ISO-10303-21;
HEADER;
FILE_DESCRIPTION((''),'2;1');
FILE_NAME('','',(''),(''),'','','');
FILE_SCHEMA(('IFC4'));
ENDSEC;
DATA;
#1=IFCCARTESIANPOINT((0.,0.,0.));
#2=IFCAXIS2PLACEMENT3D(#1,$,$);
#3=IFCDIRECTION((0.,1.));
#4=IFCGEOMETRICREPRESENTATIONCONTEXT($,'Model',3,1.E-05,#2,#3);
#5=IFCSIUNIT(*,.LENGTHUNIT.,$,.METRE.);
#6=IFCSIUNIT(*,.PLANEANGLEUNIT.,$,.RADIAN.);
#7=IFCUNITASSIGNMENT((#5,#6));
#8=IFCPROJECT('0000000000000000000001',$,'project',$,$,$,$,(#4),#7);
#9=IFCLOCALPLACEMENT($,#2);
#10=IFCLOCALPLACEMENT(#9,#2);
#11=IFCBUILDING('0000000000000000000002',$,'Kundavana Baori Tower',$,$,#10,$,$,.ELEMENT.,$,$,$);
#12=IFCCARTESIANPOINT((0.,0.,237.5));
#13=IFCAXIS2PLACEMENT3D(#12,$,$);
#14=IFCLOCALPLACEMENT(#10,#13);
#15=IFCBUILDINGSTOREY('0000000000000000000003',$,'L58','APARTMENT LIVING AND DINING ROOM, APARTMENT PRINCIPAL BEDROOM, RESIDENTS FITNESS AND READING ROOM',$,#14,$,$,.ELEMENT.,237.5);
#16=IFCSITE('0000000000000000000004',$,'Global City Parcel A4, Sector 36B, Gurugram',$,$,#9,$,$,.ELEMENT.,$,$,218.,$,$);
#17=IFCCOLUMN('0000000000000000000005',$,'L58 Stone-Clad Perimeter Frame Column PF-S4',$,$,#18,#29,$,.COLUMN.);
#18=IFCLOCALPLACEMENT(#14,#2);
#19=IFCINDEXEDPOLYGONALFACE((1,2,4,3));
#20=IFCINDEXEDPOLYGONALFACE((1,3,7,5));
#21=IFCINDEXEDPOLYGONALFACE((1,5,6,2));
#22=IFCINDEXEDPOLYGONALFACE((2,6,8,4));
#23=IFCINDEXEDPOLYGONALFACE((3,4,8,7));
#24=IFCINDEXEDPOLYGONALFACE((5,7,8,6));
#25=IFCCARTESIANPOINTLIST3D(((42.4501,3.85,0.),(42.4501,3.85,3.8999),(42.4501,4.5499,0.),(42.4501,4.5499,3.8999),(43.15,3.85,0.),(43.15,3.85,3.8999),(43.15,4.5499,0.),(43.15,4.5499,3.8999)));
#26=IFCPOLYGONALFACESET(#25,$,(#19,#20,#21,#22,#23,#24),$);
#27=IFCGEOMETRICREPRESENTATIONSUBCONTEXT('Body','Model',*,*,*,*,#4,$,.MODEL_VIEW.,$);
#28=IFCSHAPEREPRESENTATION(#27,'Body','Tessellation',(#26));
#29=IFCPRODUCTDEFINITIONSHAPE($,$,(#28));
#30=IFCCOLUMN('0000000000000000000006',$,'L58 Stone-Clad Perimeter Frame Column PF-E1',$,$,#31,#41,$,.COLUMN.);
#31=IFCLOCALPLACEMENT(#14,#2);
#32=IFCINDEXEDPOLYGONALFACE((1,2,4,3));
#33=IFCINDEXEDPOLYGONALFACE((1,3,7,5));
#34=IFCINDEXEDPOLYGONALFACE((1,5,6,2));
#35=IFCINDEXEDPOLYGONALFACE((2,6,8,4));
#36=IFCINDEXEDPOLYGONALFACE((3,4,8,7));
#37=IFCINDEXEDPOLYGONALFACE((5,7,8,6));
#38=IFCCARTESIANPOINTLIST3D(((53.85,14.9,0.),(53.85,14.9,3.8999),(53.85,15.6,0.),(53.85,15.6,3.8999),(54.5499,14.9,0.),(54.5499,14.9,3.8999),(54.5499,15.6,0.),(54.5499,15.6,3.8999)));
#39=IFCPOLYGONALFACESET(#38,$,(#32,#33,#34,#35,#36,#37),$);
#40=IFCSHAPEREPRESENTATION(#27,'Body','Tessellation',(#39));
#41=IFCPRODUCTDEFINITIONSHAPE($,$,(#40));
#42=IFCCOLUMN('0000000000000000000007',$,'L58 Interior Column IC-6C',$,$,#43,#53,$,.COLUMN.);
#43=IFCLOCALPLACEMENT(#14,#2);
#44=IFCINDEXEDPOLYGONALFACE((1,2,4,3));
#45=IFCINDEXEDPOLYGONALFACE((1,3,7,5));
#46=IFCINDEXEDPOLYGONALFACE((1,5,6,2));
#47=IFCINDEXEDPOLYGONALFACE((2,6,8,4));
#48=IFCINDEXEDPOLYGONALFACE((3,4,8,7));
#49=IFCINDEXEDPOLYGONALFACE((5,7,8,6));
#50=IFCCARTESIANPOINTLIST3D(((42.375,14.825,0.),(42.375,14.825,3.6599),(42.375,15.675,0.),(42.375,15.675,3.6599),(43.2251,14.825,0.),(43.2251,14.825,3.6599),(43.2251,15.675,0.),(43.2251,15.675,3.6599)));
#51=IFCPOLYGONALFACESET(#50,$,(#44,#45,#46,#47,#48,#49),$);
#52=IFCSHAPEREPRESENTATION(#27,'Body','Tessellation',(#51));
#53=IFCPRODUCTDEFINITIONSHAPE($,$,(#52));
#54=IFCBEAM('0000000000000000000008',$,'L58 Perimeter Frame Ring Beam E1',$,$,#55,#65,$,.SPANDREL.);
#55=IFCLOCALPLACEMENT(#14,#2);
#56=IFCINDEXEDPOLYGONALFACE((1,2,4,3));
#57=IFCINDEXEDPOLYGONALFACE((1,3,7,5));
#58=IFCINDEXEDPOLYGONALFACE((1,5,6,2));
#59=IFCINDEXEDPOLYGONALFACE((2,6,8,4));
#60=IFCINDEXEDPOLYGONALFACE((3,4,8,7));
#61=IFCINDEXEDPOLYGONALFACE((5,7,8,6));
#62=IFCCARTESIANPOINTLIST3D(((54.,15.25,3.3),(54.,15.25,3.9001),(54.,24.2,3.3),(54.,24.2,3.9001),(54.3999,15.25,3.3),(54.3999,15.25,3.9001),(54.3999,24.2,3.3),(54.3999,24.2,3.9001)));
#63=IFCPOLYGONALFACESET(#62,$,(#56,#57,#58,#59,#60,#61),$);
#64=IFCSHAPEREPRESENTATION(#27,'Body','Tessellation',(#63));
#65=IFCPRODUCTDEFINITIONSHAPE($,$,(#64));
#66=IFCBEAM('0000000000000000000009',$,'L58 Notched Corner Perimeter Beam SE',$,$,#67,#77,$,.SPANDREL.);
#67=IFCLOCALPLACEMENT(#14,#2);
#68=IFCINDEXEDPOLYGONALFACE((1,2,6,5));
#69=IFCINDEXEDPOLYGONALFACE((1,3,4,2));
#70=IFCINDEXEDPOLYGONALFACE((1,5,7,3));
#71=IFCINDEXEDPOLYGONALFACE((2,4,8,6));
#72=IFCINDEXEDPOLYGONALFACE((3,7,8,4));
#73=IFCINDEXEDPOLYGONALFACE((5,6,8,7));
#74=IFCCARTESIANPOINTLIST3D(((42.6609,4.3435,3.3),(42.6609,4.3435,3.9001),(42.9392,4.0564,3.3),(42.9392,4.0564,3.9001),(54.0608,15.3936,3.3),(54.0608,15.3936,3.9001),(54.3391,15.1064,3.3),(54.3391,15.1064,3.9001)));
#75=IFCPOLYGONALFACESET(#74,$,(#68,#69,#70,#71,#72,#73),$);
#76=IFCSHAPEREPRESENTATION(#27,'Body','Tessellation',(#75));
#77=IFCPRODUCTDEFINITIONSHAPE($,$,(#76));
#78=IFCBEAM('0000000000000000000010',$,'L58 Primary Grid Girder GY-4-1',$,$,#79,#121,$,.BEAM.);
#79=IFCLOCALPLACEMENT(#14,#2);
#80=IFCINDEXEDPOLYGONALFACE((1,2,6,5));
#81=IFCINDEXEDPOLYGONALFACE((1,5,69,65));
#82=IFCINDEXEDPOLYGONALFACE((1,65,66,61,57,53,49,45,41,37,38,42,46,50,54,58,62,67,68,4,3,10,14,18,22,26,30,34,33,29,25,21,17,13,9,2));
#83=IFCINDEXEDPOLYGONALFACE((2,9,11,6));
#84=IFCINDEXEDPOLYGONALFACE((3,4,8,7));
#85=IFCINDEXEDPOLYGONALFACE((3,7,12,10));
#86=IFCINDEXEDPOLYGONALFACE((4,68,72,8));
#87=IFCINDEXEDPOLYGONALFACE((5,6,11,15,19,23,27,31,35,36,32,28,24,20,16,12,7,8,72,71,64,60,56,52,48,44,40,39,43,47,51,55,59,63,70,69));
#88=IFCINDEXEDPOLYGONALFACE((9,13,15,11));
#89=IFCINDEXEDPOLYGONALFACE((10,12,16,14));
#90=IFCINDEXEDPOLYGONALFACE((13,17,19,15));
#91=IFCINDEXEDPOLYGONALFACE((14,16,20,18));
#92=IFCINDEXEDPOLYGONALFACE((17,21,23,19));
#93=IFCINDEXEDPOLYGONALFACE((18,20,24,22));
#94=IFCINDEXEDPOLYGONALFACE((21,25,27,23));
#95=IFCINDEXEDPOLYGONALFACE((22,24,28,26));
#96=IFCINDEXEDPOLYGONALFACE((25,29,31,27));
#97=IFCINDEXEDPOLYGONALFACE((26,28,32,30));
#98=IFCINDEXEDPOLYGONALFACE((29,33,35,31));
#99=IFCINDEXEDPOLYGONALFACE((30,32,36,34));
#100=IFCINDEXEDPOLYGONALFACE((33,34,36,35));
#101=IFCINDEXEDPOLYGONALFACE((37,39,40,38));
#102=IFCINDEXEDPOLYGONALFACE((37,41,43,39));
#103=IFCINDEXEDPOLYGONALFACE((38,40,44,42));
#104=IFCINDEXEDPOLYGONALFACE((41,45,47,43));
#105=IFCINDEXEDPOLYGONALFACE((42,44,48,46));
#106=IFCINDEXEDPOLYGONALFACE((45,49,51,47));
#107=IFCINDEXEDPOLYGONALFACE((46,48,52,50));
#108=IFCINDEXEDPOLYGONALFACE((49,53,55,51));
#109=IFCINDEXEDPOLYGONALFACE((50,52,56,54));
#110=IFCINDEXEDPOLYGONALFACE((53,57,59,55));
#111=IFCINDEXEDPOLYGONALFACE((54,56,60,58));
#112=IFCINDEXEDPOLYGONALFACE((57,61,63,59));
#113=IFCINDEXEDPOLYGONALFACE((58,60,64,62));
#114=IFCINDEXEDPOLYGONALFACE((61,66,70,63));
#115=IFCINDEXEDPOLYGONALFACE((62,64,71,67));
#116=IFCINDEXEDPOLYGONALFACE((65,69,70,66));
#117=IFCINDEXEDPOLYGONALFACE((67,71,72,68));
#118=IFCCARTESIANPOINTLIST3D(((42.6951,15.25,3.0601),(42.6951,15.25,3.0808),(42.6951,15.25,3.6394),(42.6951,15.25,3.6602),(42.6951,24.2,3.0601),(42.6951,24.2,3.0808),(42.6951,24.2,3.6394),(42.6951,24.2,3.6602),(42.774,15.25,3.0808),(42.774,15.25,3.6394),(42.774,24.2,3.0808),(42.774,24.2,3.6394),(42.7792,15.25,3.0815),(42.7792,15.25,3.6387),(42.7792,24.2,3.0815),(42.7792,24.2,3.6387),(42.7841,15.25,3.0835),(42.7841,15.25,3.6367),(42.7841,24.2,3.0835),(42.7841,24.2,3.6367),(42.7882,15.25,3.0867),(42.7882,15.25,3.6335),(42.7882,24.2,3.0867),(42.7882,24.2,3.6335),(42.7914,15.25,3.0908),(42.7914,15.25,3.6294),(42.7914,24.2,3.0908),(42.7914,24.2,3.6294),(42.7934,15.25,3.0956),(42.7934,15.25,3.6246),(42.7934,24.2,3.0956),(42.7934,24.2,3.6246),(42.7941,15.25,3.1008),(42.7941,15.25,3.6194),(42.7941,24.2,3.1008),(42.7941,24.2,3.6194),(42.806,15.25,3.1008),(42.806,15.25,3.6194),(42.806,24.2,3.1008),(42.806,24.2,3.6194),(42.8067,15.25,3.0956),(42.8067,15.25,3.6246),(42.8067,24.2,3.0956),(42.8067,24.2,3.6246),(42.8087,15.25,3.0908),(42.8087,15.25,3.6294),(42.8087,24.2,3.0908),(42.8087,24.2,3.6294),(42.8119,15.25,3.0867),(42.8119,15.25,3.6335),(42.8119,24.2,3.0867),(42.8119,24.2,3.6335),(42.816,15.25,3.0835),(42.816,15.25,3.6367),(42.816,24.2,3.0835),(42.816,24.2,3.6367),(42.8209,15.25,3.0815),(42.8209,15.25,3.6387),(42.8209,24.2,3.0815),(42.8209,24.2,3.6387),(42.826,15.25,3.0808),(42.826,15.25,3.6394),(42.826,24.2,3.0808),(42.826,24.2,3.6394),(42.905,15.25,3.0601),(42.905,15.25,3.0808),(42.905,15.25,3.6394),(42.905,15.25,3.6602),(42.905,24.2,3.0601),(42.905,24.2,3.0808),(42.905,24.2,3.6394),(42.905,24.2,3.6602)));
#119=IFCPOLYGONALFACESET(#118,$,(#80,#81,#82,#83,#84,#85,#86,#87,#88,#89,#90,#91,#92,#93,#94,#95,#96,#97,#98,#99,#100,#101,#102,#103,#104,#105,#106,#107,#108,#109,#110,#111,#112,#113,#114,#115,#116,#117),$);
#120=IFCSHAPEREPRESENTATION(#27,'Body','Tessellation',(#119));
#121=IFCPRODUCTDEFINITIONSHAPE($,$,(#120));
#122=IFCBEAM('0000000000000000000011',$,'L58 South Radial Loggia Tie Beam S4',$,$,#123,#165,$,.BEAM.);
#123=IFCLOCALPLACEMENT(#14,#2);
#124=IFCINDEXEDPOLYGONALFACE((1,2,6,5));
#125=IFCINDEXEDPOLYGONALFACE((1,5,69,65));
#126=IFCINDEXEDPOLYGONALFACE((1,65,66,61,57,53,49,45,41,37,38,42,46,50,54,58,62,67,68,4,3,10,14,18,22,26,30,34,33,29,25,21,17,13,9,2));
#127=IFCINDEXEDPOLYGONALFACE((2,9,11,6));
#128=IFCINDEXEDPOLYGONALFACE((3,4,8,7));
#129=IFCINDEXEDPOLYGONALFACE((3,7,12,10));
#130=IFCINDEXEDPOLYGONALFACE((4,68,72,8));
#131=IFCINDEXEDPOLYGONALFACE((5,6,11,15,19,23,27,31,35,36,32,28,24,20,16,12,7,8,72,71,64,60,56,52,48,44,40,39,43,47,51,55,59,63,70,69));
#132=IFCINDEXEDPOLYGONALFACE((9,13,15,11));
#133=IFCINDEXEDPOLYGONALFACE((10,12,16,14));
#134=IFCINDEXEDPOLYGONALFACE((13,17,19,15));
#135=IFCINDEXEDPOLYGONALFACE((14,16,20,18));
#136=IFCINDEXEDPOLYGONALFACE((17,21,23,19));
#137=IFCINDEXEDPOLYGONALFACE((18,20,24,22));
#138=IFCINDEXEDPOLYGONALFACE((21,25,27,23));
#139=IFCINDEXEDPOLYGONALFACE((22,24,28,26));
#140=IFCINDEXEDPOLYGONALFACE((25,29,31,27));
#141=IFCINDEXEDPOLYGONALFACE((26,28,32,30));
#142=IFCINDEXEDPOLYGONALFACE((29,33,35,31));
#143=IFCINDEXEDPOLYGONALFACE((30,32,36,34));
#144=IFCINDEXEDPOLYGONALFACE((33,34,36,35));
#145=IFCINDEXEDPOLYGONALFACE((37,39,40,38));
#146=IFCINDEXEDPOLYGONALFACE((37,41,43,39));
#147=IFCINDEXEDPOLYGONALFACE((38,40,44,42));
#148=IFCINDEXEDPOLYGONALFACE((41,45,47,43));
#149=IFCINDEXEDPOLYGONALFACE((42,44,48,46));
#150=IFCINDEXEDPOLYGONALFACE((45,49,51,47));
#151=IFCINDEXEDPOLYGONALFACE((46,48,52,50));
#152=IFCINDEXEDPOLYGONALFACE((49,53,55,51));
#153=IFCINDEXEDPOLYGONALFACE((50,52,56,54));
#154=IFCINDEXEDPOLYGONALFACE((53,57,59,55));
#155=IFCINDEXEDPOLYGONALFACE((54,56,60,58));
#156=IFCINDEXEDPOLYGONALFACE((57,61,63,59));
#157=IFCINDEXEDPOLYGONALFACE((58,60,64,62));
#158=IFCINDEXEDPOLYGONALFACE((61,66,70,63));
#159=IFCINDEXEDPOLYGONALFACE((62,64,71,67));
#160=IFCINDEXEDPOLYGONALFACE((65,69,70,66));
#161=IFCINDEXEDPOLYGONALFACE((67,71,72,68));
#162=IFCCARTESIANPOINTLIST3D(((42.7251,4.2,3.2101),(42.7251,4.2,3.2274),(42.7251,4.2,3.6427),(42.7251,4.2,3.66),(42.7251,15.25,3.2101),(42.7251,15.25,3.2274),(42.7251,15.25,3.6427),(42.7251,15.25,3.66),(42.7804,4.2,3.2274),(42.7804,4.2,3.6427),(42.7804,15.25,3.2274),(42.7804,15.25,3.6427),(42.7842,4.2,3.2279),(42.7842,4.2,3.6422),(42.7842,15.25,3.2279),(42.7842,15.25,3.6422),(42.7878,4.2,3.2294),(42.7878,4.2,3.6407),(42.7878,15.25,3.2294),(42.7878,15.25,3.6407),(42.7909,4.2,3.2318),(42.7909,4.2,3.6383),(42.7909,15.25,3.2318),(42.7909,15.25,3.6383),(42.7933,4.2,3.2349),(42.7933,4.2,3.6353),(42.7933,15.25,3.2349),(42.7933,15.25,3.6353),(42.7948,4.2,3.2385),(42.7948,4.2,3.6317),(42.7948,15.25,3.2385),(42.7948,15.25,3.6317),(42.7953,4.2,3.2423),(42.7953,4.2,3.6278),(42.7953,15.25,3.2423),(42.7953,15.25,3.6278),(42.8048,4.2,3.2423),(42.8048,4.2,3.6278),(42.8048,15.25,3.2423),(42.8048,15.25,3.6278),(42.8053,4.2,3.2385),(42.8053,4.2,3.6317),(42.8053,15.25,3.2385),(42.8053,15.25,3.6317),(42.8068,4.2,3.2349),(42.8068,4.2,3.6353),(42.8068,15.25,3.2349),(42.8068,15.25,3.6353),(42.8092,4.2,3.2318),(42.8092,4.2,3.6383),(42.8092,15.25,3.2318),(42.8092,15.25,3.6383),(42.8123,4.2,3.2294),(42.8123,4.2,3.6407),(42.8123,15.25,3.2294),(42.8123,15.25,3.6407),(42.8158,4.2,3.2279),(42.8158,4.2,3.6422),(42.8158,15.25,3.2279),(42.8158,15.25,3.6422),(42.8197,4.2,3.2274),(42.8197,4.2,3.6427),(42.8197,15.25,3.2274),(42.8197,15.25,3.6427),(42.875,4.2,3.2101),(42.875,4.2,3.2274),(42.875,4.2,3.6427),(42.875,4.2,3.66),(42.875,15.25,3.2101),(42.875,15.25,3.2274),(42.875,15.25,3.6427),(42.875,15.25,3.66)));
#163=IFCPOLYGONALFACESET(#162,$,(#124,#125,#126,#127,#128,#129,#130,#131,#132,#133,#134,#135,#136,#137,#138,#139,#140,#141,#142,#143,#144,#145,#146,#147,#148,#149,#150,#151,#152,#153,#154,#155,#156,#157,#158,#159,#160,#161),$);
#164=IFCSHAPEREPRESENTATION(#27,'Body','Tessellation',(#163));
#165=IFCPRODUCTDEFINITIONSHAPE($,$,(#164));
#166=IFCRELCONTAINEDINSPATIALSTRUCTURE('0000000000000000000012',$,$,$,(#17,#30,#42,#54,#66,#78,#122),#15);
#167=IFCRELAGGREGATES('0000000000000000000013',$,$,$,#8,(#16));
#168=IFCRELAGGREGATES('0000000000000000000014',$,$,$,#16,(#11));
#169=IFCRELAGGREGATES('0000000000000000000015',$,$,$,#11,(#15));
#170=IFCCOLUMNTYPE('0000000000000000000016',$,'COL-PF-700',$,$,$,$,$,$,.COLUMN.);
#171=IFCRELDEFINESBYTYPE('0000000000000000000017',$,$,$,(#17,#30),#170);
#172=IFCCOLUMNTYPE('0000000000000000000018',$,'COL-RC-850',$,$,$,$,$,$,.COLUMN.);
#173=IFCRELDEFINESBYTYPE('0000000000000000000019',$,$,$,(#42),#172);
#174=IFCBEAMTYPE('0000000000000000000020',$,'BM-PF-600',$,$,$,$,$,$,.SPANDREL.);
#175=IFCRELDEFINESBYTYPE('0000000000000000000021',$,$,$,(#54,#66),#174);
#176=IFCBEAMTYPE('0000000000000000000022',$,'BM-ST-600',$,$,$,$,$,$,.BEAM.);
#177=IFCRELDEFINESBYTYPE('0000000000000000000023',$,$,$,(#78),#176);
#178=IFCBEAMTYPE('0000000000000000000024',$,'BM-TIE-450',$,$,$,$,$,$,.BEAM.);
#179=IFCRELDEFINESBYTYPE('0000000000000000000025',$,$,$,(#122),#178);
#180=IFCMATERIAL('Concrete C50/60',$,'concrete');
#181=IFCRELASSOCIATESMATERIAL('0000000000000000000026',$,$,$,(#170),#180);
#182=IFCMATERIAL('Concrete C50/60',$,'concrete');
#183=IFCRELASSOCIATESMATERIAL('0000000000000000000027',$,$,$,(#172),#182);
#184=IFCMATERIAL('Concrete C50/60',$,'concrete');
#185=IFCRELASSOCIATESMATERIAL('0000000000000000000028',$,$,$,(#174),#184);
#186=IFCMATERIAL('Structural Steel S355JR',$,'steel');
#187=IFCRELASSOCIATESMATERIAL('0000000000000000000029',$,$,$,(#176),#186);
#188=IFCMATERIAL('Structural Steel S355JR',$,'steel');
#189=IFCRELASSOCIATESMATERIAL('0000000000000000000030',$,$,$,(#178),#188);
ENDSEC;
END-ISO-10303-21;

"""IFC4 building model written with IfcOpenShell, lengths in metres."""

from ifc_helpers import new_model, si_unit, direction, frame, origin, origin_2d, place, context, subcontext, project, spatial, rectangle, i_section, extrude, material, material_profile, profile_set, type_object, element, save


model = new_model("IFC4")

# Units and contexts
model_context = context("Model", 3, precision=1e-05, world=origin(), true_north=direction((0.0, 1.0)))
body_context = subcontext(model_context, "Body", "Model", "MODEL_VIEW")
ifc_project = project(units=[si_unit("LENGTHUNIT", "METRE"), si_unit("PLANEANGLEUNIT", "RADIAN")], contexts=[model_context])

# Site, building, storey
site_placement = place(None, origin())
site = spatial("IfcSite", under=ifc_project, at=site_placement, Name="Global City Parcel A4, Sector 36B, Gurugram", CompositionType="ELEMENT", RefElevation=218.0)
building_placement = place(site_placement, origin())
building = spatial("IfcBuilding", under=site, at=building_placement, Name="Kundavana Baori Tower", CompositionType="ELEMENT")
storey_placement = place(building_placement, frame((0.0, 0.0, 237.5)))
storey = spatial("IfcBuildingStorey", under=building, at=storey_placement, Name="L58", Description="APARTMENT LIVING AND DINING ROOM, APARTMENT PRINCIPAL BEDROOM, RESIDENTS FITNESS AND READING ROOM", CompositionType="ELEMENT", Elevation=237.5)

# Columns
ifc_material_1 = material(Name="Concrete C50/60", Category="concrete")
ifc_material_profile_1 = material_profile(ifc_material_1, rectangle(XDim=0.7, YDim=0.7, at=origin_2d()), Name="RC PF 700x700")
ifc_profile_set_1 = profile_set([ifc_material_profile_1], Name="Concrete C50/60")
column_type_1 = type_object("IfcColumnType", Name="COL-PF-700", PredefinedType="COLUMN", material=ifc_profile_set_1)
for number, where, z_axis, x_axis, name in (
    (1, (42.8, 4.2, 0.0), (0.0, 0.0, 1.0), (1.0, 0.0, 0.0), "L58 Stone-Clad Perimeter Frame Column PF-S4"),
    (2, (54.2, 15.25, 0.0), (0.0, 0.0, 1.0), (1.0, 0.0, 0.0), "L58 Stone-Clad Perimeter Frame Column PF-E1"),
):
    element("IfcColumn", number, at=place(storey_placement, frame(where, z_axis=z_axis, x_axis=x_axis)), inside=storey, type_object=column_type_1, Name=name, PredefinedType="COLUMN", context=body_context, shape_type="SweptSolid", body=[
        extrude(rectangle(XDim=0.7, YDim=0.7, at=origin_2d()), origin(), (0.0, 0.0, 1.0), 3.8999),
    ])
ifc_material_2 = material(Name="Concrete C50/60", Category="concrete")
ifc_material_profile_2 = material_profile(ifc_material_2, rectangle(XDim=0.8501, YDim=0.8501, at=origin_2d()), Name="RC 850x850")
ifc_profile_set_2 = profile_set([ifc_material_profile_2], Name="Concrete C50/60")
column_type_2 = type_object("IfcColumnType", Name="COL-RC-850", PredefinedType="COLUMN", material=ifc_profile_set_2)
column_placement = place(storey_placement, frame((42.8, 15.25, 0.0), z_axis=(0.0, 0.0, 1.0), x_axis=(1.0, 0.0, 0.0)))
element("IfcColumn", 3, at=column_placement, inside=storey, type_object=column_type_2, Name="L58 Interior Column IC-6C", PredefinedType="COLUMN", context=body_context, shape_type="SweptSolid", body=[
    extrude(rectangle(XDim=0.8501, YDim=0.8501, at=origin_2d()), origin(), (0.0, 0.0, 1.0), 3.6599),
])

# Beams
ifc_material_3 = material(Name="Concrete C50/60", Category="concrete")
ifc_material_profile_3 = material_profile(ifc_material_3, rectangle(XDim=0.3999, YDim=0.6001, at=origin_2d()), Name="RC BM 400x600")
ifc_profile_set_3 = profile_set([ifc_material_profile_3], Name="Concrete C50/60")
beam_type_1 = type_object("IfcBeamType", Name="BM-PF-600", PredefinedType="SPANDREL", material=ifc_profile_set_3)
beam_1_placement = place(storey_placement, frame((54.2, 15.25, 3.6001), z_axis=(0.0, 1.0, 0.0), x_axis=(-1.0, 0.0, 0.0)))
element("IfcBeam", 4, at=beam_1_placement, inside=storey, type_object=beam_type_1, Name="L58 Perimeter Frame Ring Beam E1", PredefinedType="SPANDREL", context=body_context, shape_type="SweptSolid", body=[
    extrude(rectangle(XDim=0.3999, YDim=0.6001, at=origin_2d()), origin(), (0.0, 0.0, 1.0), 8.95),
])
beam_2_placement = place(storey_placement, frame((42.8, 4.2, 3.6001), z_axis=(0.718039, 0.696003, 0.0), x_axis=(-0.696003, 0.718039, 0.0)))
element("IfcBeam", 5, at=beam_2_placement, inside=storey, type_object=beam_type_1, Name="L58 Notched Corner Perimeter Beam SE", PredefinedType="SPANDREL", context=body_context, shape_type="SweptSolid", body=[
    extrude(rectangle(XDim=0.3999, YDim=0.6001, at=origin_2d()), origin(), (0.0, 0.0, 1.0), 15.8765),
])
ifc_material_4 = material(Name="Structural Steel S355JR", Category="steel")
ifc_material_profile_4 = material_profile(ifc_material_4, i_section(OverallWidth=0.21, OverallDepth=0.6001, WebThickness=0.012, FlangeThickness=0.0208, FilletRadius=0.02, at=origin_2d()), Name="ISMB 600")
ifc_profile_set_4 = profile_set([ifc_material_profile_4], Name="Structural Steel S355JR")
beam_type_2 = type_object("IfcBeamType", Name="BM-ST-600", PredefinedType="BEAM", material=ifc_profile_set_4)
beam_3_placement = place(storey_placement, frame((42.8, 15.25, 3.3601), z_axis=(0.0, 1.0, 0.0), x_axis=(-1.0, 0.0, 0.0)))
element("IfcBeam", 6, at=beam_3_placement, inside=storey, type_object=beam_type_2, Name="L58 Primary Grid Girder GY-4-1", PredefinedType="BEAM", context=body_context, shape_type="SweptSolid", body=[
    extrude(i_section(OverallWidth=0.21, OverallDepth=0.6001, WebThickness=0.012, FlangeThickness=0.0208, FilletRadius=0.02, at=origin_2d()), origin(), (0.0, 0.0, 1.0), 8.95),
])
ifc_material_5 = material(Name="Structural Steel S355JR", Category="steel")
ifc_material_profile_5 = material_profile(ifc_material_5, i_section(OverallWidth=0.1499, OverallDepth=0.45, WebThickness=0.0095, FlangeThickness=0.0173, FilletRadius=0.0149, at=origin_2d()), Name="ISMB 450")
ifc_profile_set_5 = profile_set([ifc_material_profile_5], Name="Structural Steel S355JR")
beam_type_3 = type_object("IfcBeamType", Name="BM-TIE-450", PredefinedType="BEAM", material=ifc_profile_set_5)
beam_4_placement = place(storey_placement, frame((42.8, 15.25, 3.4351), z_axis=(0.0, -1.0, 0.0), x_axis=(1.0, 0.0, 0.0)))
element("IfcBeam", 7, at=beam_4_placement, inside=storey, type_object=beam_type_3, Name="L58 South Radial Loggia Tie Beam S4", PredefinedType="BEAM", context=body_context, shape_type="SweptSolid", body=[
    extrude(i_section(OverallWidth=0.1499, OverallDepth=0.45, WebThickness=0.0095, FlangeThickness=0.0173, FilletRadius=0.0149, at=origin_2d()), origin(), (0.0, 0.0, 1.0), 11.05),
])

save(model, "model.ifc")
